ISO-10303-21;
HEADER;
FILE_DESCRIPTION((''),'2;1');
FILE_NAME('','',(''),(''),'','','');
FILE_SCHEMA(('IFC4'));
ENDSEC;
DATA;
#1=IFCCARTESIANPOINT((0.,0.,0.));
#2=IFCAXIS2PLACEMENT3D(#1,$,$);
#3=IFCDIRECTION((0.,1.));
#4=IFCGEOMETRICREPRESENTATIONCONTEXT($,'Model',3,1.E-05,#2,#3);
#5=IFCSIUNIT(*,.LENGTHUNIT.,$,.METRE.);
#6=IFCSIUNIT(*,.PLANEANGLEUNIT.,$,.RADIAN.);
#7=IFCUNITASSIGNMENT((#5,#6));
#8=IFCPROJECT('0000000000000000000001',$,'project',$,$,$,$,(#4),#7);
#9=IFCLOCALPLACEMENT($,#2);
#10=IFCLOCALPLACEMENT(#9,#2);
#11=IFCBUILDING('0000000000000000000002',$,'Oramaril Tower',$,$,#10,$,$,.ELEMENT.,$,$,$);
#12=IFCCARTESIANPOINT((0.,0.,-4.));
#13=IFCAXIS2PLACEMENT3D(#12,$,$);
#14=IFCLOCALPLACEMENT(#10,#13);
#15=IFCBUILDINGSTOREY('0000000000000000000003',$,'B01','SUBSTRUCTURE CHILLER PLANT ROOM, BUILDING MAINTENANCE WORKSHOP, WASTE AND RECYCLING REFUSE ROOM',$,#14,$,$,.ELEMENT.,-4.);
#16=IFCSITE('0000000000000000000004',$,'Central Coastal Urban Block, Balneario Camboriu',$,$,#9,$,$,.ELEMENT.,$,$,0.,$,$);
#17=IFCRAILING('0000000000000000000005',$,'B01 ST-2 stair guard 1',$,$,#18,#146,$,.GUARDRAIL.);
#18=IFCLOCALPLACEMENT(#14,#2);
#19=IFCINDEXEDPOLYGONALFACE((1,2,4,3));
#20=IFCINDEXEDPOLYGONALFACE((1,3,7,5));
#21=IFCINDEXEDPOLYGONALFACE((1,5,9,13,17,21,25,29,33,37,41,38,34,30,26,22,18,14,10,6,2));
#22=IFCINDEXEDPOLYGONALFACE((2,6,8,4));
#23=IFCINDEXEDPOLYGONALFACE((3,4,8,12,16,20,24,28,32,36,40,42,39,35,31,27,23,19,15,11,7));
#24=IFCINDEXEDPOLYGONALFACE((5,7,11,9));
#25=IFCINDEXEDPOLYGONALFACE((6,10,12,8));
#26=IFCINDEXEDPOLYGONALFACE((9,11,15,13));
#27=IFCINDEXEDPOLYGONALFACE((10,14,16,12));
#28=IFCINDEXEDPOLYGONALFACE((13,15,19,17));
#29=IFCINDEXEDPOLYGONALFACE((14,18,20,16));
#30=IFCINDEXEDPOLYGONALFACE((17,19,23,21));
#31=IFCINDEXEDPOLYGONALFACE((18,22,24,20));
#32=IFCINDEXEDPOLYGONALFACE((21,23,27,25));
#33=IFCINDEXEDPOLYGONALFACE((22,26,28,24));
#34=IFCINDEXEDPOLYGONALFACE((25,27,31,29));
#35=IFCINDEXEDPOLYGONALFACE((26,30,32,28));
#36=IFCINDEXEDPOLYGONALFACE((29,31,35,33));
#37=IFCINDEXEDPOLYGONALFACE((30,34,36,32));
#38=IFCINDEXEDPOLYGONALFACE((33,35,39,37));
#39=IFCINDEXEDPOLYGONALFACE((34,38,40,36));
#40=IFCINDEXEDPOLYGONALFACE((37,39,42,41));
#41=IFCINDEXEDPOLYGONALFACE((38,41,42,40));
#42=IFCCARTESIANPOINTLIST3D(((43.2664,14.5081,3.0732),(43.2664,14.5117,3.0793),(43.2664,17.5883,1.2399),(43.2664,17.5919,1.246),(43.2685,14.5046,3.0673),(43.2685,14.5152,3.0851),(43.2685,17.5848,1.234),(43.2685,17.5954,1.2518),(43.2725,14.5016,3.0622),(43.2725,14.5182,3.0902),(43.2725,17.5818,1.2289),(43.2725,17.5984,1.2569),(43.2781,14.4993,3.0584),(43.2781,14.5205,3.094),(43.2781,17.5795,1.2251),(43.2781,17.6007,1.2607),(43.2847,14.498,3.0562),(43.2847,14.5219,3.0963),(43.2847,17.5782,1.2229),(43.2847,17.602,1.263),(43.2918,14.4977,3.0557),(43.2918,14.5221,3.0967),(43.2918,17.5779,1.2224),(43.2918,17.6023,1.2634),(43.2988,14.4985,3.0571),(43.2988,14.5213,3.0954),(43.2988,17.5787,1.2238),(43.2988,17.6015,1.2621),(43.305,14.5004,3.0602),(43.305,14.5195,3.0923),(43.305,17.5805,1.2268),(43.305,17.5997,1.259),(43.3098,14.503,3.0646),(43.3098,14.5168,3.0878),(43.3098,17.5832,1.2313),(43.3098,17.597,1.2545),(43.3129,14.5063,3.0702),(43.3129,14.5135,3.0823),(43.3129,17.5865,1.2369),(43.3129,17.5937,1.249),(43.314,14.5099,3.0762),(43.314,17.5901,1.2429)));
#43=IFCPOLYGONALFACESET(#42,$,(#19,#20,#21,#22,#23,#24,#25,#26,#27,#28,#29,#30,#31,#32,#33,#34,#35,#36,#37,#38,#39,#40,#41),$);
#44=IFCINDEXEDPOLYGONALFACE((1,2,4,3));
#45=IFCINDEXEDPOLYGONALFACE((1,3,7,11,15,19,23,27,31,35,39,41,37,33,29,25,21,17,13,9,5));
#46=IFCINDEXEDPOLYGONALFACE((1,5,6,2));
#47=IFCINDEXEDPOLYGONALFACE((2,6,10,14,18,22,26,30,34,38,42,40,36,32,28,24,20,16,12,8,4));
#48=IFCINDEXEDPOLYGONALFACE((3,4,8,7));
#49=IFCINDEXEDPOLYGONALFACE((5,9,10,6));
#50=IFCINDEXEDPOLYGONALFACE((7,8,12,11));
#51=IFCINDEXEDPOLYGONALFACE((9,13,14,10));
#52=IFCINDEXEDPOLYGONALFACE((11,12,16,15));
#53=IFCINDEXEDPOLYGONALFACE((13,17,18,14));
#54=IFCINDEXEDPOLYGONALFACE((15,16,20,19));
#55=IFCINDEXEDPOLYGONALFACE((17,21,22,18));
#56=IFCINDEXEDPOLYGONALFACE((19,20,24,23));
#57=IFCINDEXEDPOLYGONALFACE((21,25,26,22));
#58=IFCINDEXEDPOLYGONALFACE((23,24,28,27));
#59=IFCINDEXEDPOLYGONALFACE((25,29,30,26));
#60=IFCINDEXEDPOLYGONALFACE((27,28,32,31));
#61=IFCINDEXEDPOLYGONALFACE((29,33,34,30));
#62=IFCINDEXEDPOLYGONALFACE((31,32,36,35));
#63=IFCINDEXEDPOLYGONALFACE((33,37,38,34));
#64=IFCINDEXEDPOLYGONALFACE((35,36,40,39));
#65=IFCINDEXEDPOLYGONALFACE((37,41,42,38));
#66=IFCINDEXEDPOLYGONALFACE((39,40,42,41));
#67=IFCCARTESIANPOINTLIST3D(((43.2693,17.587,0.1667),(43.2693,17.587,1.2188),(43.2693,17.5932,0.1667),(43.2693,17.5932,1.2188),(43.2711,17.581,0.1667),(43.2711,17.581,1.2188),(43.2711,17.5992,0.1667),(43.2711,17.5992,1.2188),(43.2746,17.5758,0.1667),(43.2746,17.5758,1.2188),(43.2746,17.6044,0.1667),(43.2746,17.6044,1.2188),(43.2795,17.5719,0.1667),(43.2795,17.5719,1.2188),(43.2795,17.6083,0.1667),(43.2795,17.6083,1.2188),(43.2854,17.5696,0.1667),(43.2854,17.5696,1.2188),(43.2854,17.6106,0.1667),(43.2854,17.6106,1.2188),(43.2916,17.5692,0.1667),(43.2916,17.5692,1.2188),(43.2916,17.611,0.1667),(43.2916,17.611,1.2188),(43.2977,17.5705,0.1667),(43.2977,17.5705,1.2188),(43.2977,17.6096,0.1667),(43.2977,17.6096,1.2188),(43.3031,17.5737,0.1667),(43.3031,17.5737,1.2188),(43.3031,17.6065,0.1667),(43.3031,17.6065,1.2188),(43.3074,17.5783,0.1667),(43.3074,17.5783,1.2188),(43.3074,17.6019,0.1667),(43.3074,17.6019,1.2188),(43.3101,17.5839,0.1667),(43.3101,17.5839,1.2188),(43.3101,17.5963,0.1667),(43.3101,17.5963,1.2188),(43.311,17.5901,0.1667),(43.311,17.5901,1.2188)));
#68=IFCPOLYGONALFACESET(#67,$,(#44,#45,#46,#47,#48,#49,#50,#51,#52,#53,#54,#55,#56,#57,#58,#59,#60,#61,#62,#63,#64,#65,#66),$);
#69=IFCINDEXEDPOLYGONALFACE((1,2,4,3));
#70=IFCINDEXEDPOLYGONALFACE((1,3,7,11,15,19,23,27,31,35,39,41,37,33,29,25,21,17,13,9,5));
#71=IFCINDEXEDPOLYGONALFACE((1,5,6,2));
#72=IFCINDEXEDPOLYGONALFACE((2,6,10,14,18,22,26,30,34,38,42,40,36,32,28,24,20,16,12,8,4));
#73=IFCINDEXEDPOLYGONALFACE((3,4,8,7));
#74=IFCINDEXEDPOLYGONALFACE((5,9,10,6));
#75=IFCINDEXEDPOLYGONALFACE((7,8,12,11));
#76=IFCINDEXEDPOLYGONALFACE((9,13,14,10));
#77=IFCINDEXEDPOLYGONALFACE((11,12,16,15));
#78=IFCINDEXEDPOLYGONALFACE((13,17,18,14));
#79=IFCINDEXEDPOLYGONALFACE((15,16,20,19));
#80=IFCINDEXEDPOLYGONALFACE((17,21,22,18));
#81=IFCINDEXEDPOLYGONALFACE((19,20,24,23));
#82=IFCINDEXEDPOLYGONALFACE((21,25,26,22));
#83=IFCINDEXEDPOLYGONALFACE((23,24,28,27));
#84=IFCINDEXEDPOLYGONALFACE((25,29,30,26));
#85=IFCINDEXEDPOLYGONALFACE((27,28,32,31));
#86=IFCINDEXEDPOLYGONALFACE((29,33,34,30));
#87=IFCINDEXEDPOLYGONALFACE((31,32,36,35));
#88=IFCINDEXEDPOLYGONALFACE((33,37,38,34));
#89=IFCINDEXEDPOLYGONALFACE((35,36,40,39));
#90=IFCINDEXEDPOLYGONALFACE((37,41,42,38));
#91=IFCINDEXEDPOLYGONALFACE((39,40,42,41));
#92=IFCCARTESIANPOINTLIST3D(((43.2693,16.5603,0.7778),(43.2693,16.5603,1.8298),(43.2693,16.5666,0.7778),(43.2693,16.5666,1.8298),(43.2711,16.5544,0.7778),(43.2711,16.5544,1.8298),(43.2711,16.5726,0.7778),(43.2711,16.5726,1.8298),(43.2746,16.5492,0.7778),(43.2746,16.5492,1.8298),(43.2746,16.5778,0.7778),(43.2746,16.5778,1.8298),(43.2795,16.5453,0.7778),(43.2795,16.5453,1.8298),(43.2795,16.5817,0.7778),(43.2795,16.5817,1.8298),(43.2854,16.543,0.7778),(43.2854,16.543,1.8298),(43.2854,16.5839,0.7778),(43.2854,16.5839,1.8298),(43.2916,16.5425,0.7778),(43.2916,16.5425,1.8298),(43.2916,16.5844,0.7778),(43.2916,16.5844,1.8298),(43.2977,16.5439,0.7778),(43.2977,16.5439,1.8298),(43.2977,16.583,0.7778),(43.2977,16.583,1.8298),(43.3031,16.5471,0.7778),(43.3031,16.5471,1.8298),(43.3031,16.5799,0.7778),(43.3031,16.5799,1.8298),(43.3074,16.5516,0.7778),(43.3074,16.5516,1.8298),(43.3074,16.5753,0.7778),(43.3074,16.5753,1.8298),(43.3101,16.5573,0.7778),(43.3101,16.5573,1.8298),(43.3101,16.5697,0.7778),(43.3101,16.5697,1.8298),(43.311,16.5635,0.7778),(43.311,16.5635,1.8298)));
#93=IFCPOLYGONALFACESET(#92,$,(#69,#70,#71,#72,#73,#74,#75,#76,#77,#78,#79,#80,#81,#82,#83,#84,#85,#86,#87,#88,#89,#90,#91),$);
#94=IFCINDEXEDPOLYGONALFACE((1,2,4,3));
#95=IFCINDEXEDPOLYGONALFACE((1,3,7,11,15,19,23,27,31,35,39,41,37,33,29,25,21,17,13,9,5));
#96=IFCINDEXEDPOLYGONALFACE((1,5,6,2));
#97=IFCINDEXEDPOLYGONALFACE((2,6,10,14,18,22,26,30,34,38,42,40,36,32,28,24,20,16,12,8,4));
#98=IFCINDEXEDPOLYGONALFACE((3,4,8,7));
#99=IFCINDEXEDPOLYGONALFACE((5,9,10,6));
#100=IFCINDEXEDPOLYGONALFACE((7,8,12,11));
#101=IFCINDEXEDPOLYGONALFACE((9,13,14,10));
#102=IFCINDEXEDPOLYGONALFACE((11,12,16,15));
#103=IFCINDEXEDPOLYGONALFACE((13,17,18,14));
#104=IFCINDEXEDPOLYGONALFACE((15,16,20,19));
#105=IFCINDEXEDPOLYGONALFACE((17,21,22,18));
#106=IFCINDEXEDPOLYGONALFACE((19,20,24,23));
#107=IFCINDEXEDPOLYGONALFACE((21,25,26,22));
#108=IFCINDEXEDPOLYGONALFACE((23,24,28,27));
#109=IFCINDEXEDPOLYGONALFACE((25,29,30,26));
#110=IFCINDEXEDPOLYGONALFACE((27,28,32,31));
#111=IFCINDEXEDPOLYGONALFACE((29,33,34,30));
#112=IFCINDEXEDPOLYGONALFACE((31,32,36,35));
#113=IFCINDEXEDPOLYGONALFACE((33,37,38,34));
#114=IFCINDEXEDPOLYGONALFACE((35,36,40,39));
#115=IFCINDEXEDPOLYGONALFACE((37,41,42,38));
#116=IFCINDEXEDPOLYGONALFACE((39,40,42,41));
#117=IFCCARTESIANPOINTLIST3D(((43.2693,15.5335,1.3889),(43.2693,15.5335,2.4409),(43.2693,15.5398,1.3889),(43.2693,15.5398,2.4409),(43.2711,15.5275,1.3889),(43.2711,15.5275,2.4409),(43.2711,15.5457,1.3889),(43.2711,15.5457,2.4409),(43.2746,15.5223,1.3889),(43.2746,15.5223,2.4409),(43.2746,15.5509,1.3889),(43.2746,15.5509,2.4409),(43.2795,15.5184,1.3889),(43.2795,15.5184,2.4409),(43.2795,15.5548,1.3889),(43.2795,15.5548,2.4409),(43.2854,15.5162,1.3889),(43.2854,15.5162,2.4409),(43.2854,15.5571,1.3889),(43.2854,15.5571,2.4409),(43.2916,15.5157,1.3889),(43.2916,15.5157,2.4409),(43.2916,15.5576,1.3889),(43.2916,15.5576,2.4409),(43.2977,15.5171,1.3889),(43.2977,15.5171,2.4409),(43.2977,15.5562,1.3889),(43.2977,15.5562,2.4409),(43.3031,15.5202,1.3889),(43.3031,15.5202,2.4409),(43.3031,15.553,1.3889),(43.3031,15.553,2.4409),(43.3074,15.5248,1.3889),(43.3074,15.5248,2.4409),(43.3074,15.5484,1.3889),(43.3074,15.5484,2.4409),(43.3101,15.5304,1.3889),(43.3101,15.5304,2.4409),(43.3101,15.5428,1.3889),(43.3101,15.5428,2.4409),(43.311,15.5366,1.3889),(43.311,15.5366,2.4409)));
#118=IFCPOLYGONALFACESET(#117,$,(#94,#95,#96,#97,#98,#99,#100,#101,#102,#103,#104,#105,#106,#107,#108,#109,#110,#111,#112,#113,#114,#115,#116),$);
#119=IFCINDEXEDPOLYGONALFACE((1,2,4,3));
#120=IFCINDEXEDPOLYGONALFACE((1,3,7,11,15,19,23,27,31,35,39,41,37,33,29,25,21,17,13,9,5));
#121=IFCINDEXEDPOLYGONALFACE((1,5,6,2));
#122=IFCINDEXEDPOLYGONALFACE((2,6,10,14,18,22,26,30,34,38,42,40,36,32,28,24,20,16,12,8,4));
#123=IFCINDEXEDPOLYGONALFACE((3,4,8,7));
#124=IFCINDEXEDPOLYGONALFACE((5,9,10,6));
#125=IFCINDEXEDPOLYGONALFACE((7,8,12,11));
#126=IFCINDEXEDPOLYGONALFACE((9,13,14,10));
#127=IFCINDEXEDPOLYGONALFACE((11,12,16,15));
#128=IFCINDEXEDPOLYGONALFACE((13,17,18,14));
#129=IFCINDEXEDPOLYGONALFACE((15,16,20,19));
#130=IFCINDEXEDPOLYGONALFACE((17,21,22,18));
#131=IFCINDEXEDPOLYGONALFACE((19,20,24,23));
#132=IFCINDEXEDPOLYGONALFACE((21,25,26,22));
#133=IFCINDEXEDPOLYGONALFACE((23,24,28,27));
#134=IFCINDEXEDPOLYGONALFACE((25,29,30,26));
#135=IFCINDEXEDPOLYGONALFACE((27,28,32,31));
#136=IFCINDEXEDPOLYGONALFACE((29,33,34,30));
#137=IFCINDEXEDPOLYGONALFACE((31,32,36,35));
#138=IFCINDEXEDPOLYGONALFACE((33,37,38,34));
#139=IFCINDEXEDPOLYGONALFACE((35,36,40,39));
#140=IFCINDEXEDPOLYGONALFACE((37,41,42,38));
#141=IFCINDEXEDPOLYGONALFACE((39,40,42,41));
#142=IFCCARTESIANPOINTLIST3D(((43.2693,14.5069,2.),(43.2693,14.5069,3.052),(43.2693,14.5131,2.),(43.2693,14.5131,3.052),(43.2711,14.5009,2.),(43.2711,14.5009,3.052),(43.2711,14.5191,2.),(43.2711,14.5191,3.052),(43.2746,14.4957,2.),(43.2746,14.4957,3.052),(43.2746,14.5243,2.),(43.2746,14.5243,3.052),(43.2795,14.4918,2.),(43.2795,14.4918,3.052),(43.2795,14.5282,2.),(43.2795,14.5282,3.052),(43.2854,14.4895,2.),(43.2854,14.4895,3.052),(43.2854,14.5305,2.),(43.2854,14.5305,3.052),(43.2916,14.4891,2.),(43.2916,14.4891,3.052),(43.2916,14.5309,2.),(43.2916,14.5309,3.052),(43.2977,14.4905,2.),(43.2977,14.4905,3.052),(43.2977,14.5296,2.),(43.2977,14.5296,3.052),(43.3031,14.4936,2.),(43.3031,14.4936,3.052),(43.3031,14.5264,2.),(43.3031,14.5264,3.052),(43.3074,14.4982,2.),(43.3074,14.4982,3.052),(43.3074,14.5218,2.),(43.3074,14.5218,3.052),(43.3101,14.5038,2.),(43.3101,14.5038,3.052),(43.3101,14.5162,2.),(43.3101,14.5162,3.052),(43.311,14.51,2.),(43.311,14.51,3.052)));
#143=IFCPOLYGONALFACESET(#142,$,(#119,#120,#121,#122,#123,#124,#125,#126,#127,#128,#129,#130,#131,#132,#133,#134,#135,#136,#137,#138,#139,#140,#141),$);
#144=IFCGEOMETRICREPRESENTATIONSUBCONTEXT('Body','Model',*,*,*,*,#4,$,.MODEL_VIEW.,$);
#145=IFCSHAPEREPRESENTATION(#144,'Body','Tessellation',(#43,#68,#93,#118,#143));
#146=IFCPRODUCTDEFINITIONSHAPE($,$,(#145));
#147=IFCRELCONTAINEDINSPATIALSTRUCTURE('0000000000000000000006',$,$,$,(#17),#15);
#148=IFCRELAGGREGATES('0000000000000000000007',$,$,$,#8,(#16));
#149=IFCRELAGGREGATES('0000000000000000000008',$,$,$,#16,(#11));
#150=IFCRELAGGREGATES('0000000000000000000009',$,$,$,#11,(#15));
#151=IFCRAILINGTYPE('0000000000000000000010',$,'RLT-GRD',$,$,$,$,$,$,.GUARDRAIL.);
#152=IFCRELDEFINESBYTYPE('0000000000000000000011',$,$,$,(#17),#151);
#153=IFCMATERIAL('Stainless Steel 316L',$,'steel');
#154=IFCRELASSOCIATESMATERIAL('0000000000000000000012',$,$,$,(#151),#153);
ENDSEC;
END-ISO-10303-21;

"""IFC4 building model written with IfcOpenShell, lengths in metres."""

from ifc_helpers import new_model, si_unit, direction, frame, origin, origin_2d, place, context, subcontext, project, spatial, circle, extrude, material, type_object, element, save


model = new_model("IFC4")

# Units and contexts
model_context = context("Model", 3, precision=1e-05, world=origin(), true_north=direction((0.0, 1.0)))
body_context = subcontext(model_context, "Body", "Model", "MODEL_VIEW")
ifc_project = project(units=[si_unit("LENGTHUNIT", "METRE"), si_unit("PLANEANGLEUNIT", "RADIAN")], contexts=[model_context])

# Site, building, storey
site_placement = place(None, origin())
site = spatial("IfcSite", under=ifc_project, at=site_placement, Name="Central Coastal Urban Block, Balneario Camboriu", CompositionType="ELEMENT", RefElevation=0.0)
building_placement = place(site_placement, origin())
building = spatial("IfcBuilding", under=site, at=building_placement, Name="Oramaril Tower", CompositionType="ELEMENT")
storey_placement = place(building_placement, frame((0.0, 0.0, -4.0)))
storey = spatial("IfcBuildingStorey", under=building, at=storey_placement, Name="B01", Description="SUBSTRUCTURE CHILLER PLANT ROOM, BUILDING MAINTENANCE WORKSHOP, WASTE AND RECYCLING REFUSE ROOM", CompositionType="ELEMENT", Elevation=-4.0)

# Railing
ifc_material_1 = material(Name="Stainless Steel 316L", Category="steel")
railing_type_1 = type_object("IfcRailingType", Name="RLT-GRD", PredefinedType="GUARDRAIL", material=ifc_material_1)
railing_1_placement = place(storey_placement, frame((43.29, 17.5901, 0.1667)))
element("IfcRailing", 1, at=railing_1_placement, inside=storey, type_object=railing_type_1, Name="B01 ST-2 stair guard 1", PredefinedType="GUARDRAIL", context=body_context, shape_type="SweptSolid", body=[
    extrude(circle(Radius=0.0239, at=origin_2d()), frame((0.0, 0.0, 1.0762), z_axis=(0.0, -0.859309, 0.511458), x_axis=(1.0, 0.0, 0.0)), (0.0, 0.0, 1.0), 3.5845),
    extrude(circle(Radius=0.021, at=origin_2d()), origin(), (0.0, 0.0, 1.0), 1.052),
    extrude(circle(Radius=0.021, at=origin_2d()), frame((0.0, -1.0266, 0.6111)), (0.0, 0.0, 1.0), 1.052),
    extrude(circle(Radius=0.021, at=origin_2d()), frame((0.0, -2.0535, 1.2222)), (0.0, 0.0, 1.0), 1.052),
    extrude(circle(Radius=0.021, at=origin_2d()), frame((0.0, -3.0801, 1.8333)), (0.0, 0.0, 1.0), 1.052),
])

save(model, "model.ifc")
